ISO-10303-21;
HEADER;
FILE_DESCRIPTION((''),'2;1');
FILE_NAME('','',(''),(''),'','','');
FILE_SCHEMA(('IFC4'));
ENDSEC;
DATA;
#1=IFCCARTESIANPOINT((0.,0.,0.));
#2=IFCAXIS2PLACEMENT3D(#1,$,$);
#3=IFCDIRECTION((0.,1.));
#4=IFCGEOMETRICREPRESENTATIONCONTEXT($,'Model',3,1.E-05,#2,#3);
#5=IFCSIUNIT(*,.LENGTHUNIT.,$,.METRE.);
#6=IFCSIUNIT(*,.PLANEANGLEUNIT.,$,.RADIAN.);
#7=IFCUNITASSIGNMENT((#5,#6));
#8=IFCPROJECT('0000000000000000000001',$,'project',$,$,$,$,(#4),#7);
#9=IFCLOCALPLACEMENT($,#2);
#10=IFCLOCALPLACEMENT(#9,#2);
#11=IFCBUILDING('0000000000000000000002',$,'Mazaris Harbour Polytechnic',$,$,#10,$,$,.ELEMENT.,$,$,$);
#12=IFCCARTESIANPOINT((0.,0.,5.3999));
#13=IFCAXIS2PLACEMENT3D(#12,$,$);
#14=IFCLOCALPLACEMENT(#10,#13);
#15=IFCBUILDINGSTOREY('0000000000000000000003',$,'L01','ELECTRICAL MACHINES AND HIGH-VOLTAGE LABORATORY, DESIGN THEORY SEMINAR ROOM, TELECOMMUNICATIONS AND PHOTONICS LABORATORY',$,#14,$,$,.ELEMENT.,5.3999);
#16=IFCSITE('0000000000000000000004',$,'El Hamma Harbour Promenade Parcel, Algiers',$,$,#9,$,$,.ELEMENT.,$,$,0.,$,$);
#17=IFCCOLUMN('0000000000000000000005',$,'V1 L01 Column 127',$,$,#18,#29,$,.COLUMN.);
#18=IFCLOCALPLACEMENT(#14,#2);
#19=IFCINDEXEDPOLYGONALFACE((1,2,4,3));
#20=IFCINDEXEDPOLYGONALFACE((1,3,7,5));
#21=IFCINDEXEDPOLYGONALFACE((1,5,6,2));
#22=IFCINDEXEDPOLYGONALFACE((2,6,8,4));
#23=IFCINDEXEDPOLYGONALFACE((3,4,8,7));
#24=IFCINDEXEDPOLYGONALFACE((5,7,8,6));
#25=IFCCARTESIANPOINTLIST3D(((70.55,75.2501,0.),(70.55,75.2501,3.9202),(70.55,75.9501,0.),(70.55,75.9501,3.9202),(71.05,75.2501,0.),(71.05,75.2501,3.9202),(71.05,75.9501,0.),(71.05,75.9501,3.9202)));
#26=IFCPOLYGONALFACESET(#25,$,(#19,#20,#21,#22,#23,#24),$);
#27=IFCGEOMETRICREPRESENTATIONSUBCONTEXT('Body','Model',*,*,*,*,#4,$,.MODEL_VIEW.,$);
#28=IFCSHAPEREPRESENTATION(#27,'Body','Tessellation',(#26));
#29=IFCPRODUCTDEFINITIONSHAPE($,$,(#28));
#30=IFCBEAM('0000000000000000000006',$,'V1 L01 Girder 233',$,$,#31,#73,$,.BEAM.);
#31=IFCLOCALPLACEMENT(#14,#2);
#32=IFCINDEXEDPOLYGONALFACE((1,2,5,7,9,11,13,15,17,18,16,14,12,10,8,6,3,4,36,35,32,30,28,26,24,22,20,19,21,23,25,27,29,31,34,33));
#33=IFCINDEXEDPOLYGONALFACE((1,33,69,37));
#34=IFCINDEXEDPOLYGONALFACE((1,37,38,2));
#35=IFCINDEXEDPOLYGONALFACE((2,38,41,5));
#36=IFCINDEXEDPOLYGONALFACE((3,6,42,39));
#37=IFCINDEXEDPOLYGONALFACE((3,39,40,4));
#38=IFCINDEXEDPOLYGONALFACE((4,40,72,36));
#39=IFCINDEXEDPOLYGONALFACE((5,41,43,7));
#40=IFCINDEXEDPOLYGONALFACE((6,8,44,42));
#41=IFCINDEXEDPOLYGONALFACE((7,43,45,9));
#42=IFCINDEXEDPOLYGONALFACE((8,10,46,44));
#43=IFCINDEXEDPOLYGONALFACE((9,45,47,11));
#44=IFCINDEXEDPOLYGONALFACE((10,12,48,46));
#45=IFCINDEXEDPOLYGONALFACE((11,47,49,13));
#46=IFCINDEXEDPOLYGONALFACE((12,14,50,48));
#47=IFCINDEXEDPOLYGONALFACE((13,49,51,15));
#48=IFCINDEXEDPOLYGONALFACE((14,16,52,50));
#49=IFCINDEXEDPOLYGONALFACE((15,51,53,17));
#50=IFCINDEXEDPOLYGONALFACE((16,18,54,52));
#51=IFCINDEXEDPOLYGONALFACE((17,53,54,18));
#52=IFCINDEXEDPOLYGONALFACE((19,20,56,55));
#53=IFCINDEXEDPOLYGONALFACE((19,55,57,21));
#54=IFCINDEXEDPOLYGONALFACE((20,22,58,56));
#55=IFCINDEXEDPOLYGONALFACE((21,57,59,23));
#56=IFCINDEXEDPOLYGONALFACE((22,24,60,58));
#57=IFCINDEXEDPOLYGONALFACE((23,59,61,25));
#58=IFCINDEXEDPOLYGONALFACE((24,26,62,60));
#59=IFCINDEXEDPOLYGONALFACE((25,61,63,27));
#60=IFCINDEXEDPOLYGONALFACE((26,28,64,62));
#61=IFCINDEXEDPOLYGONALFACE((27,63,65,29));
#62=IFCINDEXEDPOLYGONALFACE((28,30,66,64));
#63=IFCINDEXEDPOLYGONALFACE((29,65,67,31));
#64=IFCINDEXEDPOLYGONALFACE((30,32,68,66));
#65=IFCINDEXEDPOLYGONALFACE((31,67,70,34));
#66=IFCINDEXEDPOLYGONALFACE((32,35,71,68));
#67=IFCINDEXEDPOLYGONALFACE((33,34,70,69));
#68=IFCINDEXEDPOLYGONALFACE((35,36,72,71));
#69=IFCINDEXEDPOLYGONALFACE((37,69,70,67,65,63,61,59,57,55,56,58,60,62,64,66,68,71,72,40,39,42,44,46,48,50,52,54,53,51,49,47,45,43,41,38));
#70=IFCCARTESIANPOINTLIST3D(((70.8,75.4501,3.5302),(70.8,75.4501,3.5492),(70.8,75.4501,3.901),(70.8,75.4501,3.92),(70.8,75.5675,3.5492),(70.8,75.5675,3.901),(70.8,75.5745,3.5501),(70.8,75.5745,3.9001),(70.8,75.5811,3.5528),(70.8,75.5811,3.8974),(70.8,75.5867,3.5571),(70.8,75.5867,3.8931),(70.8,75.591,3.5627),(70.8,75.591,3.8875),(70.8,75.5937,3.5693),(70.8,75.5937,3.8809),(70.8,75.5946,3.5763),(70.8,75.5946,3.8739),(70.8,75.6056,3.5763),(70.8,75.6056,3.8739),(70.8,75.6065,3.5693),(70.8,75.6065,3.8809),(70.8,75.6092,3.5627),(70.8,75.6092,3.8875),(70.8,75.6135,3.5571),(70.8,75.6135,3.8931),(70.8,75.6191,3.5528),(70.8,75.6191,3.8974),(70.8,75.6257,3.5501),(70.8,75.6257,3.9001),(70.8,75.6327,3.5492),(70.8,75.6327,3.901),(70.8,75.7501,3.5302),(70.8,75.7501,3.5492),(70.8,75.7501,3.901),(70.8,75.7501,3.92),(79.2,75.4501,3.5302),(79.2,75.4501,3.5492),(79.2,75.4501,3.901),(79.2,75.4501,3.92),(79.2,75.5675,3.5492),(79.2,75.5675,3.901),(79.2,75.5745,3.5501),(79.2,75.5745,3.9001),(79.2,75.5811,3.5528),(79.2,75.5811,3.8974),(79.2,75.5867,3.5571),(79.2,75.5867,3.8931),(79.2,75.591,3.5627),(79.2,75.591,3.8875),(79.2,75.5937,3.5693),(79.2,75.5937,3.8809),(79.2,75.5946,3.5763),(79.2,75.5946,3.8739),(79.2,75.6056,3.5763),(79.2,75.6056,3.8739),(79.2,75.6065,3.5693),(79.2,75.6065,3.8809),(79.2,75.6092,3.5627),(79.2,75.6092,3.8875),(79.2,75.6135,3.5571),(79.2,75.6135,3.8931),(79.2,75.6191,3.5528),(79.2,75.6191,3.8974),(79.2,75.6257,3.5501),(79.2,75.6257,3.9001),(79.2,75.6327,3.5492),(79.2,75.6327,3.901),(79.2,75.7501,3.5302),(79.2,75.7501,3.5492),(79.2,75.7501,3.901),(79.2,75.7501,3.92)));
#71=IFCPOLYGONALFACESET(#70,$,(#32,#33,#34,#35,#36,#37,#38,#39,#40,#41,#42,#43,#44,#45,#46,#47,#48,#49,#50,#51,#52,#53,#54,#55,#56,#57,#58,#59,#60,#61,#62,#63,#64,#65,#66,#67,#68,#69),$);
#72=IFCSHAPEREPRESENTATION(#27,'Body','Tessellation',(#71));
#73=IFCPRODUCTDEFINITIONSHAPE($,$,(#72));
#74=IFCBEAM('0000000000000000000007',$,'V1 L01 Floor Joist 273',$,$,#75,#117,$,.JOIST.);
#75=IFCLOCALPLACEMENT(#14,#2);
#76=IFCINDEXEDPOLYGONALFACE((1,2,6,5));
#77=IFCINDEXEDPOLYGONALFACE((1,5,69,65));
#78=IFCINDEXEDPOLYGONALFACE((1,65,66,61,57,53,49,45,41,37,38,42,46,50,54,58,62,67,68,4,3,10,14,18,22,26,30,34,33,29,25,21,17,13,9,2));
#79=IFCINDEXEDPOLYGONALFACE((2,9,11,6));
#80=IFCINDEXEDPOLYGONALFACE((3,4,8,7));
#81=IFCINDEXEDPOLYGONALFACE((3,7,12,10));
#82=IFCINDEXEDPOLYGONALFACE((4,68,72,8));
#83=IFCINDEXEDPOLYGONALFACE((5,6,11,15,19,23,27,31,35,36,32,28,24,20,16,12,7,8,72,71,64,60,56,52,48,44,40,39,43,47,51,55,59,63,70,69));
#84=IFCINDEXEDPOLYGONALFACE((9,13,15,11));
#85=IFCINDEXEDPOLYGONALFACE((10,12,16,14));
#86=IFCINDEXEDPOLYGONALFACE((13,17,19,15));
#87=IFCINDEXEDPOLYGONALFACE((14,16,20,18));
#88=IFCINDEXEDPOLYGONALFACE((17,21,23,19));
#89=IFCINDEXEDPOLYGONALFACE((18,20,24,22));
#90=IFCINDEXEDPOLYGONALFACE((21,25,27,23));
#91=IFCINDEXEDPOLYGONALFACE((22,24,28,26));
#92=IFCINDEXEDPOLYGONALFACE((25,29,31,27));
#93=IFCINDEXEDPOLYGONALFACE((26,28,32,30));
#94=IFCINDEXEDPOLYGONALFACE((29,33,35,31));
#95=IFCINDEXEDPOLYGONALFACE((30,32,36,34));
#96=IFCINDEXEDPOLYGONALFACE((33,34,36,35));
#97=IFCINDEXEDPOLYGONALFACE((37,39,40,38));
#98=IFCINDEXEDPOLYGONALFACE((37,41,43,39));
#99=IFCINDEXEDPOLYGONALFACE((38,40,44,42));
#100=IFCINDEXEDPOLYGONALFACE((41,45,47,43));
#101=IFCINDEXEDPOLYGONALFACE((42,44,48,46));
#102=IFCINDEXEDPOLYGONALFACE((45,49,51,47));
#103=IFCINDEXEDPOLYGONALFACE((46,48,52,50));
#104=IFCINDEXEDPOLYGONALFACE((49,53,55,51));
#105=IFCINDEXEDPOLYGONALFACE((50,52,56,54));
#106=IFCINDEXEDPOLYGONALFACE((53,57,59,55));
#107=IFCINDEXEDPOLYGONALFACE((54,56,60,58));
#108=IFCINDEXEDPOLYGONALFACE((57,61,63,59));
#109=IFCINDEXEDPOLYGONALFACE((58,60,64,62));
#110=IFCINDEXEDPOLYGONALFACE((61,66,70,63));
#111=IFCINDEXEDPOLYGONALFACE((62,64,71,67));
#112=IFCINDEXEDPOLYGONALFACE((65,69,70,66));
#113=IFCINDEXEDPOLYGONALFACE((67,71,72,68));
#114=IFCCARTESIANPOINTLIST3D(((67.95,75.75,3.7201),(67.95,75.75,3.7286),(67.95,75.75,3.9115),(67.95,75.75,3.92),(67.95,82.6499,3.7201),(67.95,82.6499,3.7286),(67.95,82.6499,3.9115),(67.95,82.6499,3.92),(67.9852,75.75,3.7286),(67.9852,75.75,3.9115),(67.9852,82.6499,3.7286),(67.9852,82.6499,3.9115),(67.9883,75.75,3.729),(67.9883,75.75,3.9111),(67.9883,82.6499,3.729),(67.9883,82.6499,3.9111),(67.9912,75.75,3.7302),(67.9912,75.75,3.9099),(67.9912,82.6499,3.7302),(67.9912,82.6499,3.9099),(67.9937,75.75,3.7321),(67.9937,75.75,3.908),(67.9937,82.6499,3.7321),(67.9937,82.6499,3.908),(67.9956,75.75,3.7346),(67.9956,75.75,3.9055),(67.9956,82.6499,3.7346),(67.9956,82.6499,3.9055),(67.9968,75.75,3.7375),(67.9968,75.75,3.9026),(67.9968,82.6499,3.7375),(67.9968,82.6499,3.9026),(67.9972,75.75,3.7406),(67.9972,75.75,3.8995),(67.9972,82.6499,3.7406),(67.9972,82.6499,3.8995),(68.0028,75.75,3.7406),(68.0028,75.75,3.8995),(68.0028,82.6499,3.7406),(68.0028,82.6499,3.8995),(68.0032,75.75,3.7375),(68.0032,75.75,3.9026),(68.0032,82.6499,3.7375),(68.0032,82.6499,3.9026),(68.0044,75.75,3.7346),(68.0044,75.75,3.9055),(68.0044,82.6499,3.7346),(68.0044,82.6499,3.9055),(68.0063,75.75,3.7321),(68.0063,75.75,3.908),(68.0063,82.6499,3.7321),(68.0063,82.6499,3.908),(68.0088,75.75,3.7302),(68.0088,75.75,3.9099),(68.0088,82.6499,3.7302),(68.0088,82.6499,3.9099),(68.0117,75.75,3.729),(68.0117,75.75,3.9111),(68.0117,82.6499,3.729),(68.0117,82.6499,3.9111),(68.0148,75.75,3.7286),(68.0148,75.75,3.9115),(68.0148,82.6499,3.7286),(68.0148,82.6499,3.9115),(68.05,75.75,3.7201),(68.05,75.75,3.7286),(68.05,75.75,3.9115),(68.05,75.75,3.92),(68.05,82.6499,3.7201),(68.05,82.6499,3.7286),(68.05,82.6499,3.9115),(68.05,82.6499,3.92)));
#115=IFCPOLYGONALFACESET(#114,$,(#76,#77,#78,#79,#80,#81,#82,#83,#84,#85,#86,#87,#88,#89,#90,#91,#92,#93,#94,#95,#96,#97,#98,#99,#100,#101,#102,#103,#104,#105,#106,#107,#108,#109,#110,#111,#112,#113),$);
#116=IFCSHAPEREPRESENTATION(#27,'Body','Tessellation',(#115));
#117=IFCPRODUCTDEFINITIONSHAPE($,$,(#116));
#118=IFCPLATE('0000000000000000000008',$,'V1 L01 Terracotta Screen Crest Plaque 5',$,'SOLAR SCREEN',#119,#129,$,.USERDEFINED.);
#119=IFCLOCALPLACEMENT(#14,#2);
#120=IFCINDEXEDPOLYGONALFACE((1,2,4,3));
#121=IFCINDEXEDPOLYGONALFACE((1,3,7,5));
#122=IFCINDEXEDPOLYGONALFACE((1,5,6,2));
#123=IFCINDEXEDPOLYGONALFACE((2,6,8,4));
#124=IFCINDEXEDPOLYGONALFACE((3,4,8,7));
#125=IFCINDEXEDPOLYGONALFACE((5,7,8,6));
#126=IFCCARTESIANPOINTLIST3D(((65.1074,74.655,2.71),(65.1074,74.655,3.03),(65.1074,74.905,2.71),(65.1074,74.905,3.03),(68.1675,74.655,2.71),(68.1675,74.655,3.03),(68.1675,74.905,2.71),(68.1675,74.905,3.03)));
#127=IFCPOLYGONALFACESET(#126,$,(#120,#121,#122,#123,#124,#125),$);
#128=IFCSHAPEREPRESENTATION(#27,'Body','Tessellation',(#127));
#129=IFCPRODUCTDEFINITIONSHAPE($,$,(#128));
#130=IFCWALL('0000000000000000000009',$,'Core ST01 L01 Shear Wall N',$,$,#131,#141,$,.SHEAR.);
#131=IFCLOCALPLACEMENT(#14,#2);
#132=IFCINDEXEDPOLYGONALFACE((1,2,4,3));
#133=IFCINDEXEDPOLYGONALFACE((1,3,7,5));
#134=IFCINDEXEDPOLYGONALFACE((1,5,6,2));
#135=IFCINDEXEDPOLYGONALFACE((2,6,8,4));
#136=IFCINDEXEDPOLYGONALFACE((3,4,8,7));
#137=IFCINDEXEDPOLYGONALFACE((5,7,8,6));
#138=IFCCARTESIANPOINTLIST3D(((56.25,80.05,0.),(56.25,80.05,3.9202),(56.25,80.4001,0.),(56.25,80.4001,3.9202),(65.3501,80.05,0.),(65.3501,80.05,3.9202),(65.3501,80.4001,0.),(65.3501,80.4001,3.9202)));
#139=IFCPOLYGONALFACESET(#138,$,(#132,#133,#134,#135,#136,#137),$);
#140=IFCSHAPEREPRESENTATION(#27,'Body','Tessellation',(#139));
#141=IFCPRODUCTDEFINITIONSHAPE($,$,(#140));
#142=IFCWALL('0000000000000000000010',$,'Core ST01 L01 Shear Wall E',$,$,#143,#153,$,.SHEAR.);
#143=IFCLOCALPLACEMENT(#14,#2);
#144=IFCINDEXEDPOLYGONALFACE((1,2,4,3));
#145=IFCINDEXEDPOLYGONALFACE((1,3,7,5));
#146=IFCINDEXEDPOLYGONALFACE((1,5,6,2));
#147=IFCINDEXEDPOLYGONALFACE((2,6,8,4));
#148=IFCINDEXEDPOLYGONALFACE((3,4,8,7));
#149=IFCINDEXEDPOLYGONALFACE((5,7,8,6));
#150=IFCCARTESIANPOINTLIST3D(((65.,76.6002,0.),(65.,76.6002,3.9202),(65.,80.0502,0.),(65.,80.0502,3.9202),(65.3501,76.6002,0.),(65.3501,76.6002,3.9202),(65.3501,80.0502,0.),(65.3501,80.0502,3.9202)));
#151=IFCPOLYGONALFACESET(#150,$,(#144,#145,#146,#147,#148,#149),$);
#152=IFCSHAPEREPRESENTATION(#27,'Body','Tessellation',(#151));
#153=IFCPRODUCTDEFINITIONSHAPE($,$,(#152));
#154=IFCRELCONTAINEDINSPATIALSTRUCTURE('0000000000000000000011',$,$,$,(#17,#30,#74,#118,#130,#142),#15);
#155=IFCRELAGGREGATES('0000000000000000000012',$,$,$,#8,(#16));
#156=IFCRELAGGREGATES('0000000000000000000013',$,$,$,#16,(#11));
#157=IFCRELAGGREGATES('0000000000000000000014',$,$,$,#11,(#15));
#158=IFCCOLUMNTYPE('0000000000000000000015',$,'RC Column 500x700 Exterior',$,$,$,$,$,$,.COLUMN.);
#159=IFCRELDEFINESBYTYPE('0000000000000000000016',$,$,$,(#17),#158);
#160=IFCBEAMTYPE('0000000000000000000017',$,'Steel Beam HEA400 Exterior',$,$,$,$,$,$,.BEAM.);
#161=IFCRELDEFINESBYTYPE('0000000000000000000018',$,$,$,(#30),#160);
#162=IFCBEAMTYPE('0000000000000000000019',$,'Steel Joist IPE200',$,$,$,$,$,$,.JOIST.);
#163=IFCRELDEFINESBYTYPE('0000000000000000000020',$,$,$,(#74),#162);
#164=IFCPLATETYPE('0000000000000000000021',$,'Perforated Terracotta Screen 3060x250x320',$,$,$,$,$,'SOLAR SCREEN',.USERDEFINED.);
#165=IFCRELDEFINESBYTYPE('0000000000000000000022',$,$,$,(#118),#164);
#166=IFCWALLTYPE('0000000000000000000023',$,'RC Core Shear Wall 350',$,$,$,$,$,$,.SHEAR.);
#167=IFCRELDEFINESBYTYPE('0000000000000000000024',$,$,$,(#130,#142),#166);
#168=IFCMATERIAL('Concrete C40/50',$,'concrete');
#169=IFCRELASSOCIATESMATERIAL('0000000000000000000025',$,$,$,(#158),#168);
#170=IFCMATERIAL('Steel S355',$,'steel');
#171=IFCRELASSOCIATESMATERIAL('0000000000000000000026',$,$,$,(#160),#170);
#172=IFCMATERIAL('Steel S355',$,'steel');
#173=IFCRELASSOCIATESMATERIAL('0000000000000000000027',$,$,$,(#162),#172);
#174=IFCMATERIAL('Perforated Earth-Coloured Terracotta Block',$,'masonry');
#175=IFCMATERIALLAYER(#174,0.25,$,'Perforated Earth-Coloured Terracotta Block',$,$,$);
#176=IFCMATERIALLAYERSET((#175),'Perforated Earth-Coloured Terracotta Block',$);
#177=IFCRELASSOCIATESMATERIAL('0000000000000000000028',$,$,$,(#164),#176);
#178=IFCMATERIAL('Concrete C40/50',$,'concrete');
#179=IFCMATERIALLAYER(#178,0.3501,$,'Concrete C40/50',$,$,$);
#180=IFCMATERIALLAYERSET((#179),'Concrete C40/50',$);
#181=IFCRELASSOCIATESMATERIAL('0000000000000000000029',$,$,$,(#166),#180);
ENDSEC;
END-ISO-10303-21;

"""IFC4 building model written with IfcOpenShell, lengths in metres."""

from ifc_helpers import new_model, si_unit, direction, frame, frame_2d, origin, origin_2d, place, context, subcontext, project, spatial, rectangle, i_section, extrude, material, layer, layer_set, material_profile, profile_set, type_object, element, save


model = new_model("IFC4")

# Units and contexts
model_context = context("Model", 3, precision=1e-05, world=origin(), true_north=direction((0.0, 1.0)))
body_context = subcontext(model_context, "Body", "Model", "MODEL_VIEW")
ifc_project = project(units=[si_unit("LENGTHUNIT", "METRE"), si_unit("PLANEANGLEUNIT", "RADIAN")], contexts=[model_context])

# Site, building, storey
site_placement = place(None, origin())
site = spatial("IfcSite", under=ifc_project, at=site_placement, Name="El Hamma Harbour Promenade Parcel, Algiers", CompositionType="ELEMENT", RefElevation=0.0)
building_placement = place(site_placement, origin())
building = spatial("IfcBuilding", under=site, at=building_placement, Name="Mazaris Harbour Polytechnic", CompositionType="ELEMENT")
storey_placement = place(building_placement, frame((0.0, 0.0, 5.3999)))
storey = spatial("IfcBuildingStorey", under=building, at=storey_placement, Name="L01", Description="ELECTRICAL MACHINES AND HIGH-VOLTAGE LABORATORY, DESIGN THEORY SEMINAR ROOM, TELECOMMUNICATIONS AND PHOTONICS LABORATORY", CompositionType="ELEMENT", Elevation=5.3999)

# Column
ifc_material_1 = material(Name="Concrete C40/50", Category="concrete")
ifc_material_profile_1 = material_profile(ifc_material_1, rectangle(XDim=0.5, YDim=0.7, at=origin_2d()), Name="RECT500x700")
ifc_profile_set_1 = profile_set([ifc_material_profile_1], Name="Concrete C40/50")
column_type = type_object("IfcColumnType", Name="RC Column 500x700 Exterior", PredefinedType="COLUMN", material=ifc_profile_set_1)
column_placement = place(storey_placement, frame((70.8, 75.6001, 0.0), z_axis=(0.0, 0.0, 1.0), x_axis=(1.0, 0.0, 0.0)))
element("IfcColumn", 1, at=column_placement, inside=storey, type_object=column_type, Name="V1 L01 Column 127", PredefinedType="COLUMN", context=body_context, shape_type="SweptSolid", body=[
    extrude(rectangle(XDim=0.5, YDim=0.7, at=origin_2d()), origin(), (0.0, 0.0, 1.0), 3.9202),
])

# Beams
ifc_material_2 = material(Name="Steel S355", Category="steel")
ifc_material_profile_2 = material_profile(ifc_material_2, i_section(OverallWidth=0.3, OverallDepth=0.3899, WebThickness=0.011, FlangeThickness=0.019, FilletRadius=0.0271, at=origin_2d()), Name="HEA 400")
ifc_profile_set_2 = profile_set([ifc_material_profile_2], Name="Steel S355")
beam_type_1 = type_object("IfcBeamType", Name="Steel Beam HEA400 Exterior", PredefinedType="BEAM", material=ifc_profile_set_2)
beam_1_placement = place(storey_placement, frame((70.8, 75.6001, 3.7251), z_axis=(1.0, 0.0, 0.0), x_axis=(0.0, 1.0, 0.0)))
element("IfcBeam", 2, at=beam_1_placement, inside=storey, type_object=beam_type_1, Name="V1 L01 Girder 233", PredefinedType="BEAM", context=body_context, shape_type="SweptSolid", body=[
    extrude(i_section(OverallWidth=0.3, OverallDepth=0.3899, WebThickness=0.011, FlangeThickness=0.019, FilletRadius=0.0271, at=origin_2d()), origin(), (0.0, 0.0, 1.0), 8.3999),
])
ifc_material_3 = material(Name="Steel S355", Category="steel")
ifc_material_profile_3 = material_profile(ifc_material_3, i_section(OverallWidth=0.1001, OverallDepth=0.2, WebThickness=0.0056, FlangeThickness=0.0085, FilletRadius=0.012, at=origin_2d()), Name="IPE 200")
ifc_profile_set_3 = profile_set([ifc_material_profile_3], Name="Steel S355")
beam_type_2 = type_object("IfcBeamType", Name="Steel Joist IPE200", PredefinedType="JOIST", material=ifc_profile_set_3)
beam_2_placement = place(storey_placement, frame((68.0, 75.75, 3.8201), z_axis=(0.0, 1.0, 0.0), x_axis=(-1.0, 0.0, 0.0)))
element("IfcBeam", 3, at=beam_2_placement, inside=storey, type_object=beam_type_2, Name="V1 L01 Floor Joist 273", PredefinedType="JOIST", context=body_context, shape_type="SweptSolid", body=[
    extrude(i_section(OverallWidth=0.1001, OverallDepth=0.2, WebThickness=0.0056, FlangeThickness=0.0085, FilletRadius=0.012, at=origin_2d()), origin(), (0.0, 0.0, 1.0), 6.8999),
])

# Plate
ifc_material_4 = material(Name="Perforated Earth-Coloured Terracotta Block", Category="masonry")
ifc_layer_1 = layer(ifc_material_4, 0.25, Name="Perforated Earth-Coloured Terracotta Block")
ifc_layer_set_1 = layer_set([ifc_layer_1], Name="Perforated Earth-Coloured Terracotta Block")
plate_type = type_object("IfcPlateType", Name="Perforated Terracotta Screen 3060x250x320", ElementType="SOLAR SCREEN", PredefinedType="USERDEFINED", material=ifc_layer_set_1)
plate_placement = place(storey_placement, frame((66.6375, 74.78, 2.71), z_axis=(0.0, 0.0, 1.0), x_axis=(-1.0, 0.0, 0.0)))
element("IfcPlate", 4, at=plate_placement, inside=storey, type_object=plate_type, Name="V1 L01 Terracotta Screen Crest Plaque 5", ObjectType="SOLAR SCREEN", PredefinedType="USERDEFINED", context=body_context, shape_type="SweptSolid", body=[
    extrude(rectangle(XDim=3.0601, YDim=0.25, at=origin_2d()), origin(), (0.0, 0.0, 1.0), 0.3201),
])

# Walls
ifc_material_5 = material(Name="Concrete C40/50", Category="concrete")
ifc_layer_2 = layer(ifc_material_5, 0.3501, Name="Concrete C40/50")
ifc_layer_set_2 = layer_set([ifc_layer_2], Name="Concrete C40/50")
wall_type_1 = type_object("IfcWallType", Name="RC Core Shear Wall 350", PredefinedType="SHEAR", material=ifc_layer_set_2)
wall_1_placement = place(storey_placement, frame((65.3501, 80.2251, 0.0), z_axis=(0.0, 0.0, 1.0), x_axis=(-1.0, 0.0, 0.0)))
element("IfcWall", 5, at=wall_1_placement, inside=storey, type_object=wall_type_1, Name="Core ST01 L01 Shear Wall N", PredefinedType="SHEAR", context=body_context, shape_type="SweptSolid", body=[
    extrude(rectangle(XDim=9.1001, YDim=0.3501, at=frame_2d((4.55, 0.0))), origin(), (0.0, 0.0, 1.0), 3.9202),
])
wall_2_placement = place(storey_placement, frame((65.175, 76.6001, 0.0), z_axis=(0.0, 0.0, 1.0), x_axis=(0.0, 1.0, 0.0)))
element("IfcWall", 6, at=wall_2_placement, inside=storey, type_object=wall_type_1, Name="Core ST01 L01 Shear Wall E", PredefinedType="SHEAR", context=body_context, shape_type="SweptSolid", body=[
    extrude(rectangle(XDim=3.45, YDim=0.3501, at=frame_2d((1.7251, 0.0))), origin(), (0.0, 0.0, 1.0), 3.9202),
])

save(model, "model.ifc")
